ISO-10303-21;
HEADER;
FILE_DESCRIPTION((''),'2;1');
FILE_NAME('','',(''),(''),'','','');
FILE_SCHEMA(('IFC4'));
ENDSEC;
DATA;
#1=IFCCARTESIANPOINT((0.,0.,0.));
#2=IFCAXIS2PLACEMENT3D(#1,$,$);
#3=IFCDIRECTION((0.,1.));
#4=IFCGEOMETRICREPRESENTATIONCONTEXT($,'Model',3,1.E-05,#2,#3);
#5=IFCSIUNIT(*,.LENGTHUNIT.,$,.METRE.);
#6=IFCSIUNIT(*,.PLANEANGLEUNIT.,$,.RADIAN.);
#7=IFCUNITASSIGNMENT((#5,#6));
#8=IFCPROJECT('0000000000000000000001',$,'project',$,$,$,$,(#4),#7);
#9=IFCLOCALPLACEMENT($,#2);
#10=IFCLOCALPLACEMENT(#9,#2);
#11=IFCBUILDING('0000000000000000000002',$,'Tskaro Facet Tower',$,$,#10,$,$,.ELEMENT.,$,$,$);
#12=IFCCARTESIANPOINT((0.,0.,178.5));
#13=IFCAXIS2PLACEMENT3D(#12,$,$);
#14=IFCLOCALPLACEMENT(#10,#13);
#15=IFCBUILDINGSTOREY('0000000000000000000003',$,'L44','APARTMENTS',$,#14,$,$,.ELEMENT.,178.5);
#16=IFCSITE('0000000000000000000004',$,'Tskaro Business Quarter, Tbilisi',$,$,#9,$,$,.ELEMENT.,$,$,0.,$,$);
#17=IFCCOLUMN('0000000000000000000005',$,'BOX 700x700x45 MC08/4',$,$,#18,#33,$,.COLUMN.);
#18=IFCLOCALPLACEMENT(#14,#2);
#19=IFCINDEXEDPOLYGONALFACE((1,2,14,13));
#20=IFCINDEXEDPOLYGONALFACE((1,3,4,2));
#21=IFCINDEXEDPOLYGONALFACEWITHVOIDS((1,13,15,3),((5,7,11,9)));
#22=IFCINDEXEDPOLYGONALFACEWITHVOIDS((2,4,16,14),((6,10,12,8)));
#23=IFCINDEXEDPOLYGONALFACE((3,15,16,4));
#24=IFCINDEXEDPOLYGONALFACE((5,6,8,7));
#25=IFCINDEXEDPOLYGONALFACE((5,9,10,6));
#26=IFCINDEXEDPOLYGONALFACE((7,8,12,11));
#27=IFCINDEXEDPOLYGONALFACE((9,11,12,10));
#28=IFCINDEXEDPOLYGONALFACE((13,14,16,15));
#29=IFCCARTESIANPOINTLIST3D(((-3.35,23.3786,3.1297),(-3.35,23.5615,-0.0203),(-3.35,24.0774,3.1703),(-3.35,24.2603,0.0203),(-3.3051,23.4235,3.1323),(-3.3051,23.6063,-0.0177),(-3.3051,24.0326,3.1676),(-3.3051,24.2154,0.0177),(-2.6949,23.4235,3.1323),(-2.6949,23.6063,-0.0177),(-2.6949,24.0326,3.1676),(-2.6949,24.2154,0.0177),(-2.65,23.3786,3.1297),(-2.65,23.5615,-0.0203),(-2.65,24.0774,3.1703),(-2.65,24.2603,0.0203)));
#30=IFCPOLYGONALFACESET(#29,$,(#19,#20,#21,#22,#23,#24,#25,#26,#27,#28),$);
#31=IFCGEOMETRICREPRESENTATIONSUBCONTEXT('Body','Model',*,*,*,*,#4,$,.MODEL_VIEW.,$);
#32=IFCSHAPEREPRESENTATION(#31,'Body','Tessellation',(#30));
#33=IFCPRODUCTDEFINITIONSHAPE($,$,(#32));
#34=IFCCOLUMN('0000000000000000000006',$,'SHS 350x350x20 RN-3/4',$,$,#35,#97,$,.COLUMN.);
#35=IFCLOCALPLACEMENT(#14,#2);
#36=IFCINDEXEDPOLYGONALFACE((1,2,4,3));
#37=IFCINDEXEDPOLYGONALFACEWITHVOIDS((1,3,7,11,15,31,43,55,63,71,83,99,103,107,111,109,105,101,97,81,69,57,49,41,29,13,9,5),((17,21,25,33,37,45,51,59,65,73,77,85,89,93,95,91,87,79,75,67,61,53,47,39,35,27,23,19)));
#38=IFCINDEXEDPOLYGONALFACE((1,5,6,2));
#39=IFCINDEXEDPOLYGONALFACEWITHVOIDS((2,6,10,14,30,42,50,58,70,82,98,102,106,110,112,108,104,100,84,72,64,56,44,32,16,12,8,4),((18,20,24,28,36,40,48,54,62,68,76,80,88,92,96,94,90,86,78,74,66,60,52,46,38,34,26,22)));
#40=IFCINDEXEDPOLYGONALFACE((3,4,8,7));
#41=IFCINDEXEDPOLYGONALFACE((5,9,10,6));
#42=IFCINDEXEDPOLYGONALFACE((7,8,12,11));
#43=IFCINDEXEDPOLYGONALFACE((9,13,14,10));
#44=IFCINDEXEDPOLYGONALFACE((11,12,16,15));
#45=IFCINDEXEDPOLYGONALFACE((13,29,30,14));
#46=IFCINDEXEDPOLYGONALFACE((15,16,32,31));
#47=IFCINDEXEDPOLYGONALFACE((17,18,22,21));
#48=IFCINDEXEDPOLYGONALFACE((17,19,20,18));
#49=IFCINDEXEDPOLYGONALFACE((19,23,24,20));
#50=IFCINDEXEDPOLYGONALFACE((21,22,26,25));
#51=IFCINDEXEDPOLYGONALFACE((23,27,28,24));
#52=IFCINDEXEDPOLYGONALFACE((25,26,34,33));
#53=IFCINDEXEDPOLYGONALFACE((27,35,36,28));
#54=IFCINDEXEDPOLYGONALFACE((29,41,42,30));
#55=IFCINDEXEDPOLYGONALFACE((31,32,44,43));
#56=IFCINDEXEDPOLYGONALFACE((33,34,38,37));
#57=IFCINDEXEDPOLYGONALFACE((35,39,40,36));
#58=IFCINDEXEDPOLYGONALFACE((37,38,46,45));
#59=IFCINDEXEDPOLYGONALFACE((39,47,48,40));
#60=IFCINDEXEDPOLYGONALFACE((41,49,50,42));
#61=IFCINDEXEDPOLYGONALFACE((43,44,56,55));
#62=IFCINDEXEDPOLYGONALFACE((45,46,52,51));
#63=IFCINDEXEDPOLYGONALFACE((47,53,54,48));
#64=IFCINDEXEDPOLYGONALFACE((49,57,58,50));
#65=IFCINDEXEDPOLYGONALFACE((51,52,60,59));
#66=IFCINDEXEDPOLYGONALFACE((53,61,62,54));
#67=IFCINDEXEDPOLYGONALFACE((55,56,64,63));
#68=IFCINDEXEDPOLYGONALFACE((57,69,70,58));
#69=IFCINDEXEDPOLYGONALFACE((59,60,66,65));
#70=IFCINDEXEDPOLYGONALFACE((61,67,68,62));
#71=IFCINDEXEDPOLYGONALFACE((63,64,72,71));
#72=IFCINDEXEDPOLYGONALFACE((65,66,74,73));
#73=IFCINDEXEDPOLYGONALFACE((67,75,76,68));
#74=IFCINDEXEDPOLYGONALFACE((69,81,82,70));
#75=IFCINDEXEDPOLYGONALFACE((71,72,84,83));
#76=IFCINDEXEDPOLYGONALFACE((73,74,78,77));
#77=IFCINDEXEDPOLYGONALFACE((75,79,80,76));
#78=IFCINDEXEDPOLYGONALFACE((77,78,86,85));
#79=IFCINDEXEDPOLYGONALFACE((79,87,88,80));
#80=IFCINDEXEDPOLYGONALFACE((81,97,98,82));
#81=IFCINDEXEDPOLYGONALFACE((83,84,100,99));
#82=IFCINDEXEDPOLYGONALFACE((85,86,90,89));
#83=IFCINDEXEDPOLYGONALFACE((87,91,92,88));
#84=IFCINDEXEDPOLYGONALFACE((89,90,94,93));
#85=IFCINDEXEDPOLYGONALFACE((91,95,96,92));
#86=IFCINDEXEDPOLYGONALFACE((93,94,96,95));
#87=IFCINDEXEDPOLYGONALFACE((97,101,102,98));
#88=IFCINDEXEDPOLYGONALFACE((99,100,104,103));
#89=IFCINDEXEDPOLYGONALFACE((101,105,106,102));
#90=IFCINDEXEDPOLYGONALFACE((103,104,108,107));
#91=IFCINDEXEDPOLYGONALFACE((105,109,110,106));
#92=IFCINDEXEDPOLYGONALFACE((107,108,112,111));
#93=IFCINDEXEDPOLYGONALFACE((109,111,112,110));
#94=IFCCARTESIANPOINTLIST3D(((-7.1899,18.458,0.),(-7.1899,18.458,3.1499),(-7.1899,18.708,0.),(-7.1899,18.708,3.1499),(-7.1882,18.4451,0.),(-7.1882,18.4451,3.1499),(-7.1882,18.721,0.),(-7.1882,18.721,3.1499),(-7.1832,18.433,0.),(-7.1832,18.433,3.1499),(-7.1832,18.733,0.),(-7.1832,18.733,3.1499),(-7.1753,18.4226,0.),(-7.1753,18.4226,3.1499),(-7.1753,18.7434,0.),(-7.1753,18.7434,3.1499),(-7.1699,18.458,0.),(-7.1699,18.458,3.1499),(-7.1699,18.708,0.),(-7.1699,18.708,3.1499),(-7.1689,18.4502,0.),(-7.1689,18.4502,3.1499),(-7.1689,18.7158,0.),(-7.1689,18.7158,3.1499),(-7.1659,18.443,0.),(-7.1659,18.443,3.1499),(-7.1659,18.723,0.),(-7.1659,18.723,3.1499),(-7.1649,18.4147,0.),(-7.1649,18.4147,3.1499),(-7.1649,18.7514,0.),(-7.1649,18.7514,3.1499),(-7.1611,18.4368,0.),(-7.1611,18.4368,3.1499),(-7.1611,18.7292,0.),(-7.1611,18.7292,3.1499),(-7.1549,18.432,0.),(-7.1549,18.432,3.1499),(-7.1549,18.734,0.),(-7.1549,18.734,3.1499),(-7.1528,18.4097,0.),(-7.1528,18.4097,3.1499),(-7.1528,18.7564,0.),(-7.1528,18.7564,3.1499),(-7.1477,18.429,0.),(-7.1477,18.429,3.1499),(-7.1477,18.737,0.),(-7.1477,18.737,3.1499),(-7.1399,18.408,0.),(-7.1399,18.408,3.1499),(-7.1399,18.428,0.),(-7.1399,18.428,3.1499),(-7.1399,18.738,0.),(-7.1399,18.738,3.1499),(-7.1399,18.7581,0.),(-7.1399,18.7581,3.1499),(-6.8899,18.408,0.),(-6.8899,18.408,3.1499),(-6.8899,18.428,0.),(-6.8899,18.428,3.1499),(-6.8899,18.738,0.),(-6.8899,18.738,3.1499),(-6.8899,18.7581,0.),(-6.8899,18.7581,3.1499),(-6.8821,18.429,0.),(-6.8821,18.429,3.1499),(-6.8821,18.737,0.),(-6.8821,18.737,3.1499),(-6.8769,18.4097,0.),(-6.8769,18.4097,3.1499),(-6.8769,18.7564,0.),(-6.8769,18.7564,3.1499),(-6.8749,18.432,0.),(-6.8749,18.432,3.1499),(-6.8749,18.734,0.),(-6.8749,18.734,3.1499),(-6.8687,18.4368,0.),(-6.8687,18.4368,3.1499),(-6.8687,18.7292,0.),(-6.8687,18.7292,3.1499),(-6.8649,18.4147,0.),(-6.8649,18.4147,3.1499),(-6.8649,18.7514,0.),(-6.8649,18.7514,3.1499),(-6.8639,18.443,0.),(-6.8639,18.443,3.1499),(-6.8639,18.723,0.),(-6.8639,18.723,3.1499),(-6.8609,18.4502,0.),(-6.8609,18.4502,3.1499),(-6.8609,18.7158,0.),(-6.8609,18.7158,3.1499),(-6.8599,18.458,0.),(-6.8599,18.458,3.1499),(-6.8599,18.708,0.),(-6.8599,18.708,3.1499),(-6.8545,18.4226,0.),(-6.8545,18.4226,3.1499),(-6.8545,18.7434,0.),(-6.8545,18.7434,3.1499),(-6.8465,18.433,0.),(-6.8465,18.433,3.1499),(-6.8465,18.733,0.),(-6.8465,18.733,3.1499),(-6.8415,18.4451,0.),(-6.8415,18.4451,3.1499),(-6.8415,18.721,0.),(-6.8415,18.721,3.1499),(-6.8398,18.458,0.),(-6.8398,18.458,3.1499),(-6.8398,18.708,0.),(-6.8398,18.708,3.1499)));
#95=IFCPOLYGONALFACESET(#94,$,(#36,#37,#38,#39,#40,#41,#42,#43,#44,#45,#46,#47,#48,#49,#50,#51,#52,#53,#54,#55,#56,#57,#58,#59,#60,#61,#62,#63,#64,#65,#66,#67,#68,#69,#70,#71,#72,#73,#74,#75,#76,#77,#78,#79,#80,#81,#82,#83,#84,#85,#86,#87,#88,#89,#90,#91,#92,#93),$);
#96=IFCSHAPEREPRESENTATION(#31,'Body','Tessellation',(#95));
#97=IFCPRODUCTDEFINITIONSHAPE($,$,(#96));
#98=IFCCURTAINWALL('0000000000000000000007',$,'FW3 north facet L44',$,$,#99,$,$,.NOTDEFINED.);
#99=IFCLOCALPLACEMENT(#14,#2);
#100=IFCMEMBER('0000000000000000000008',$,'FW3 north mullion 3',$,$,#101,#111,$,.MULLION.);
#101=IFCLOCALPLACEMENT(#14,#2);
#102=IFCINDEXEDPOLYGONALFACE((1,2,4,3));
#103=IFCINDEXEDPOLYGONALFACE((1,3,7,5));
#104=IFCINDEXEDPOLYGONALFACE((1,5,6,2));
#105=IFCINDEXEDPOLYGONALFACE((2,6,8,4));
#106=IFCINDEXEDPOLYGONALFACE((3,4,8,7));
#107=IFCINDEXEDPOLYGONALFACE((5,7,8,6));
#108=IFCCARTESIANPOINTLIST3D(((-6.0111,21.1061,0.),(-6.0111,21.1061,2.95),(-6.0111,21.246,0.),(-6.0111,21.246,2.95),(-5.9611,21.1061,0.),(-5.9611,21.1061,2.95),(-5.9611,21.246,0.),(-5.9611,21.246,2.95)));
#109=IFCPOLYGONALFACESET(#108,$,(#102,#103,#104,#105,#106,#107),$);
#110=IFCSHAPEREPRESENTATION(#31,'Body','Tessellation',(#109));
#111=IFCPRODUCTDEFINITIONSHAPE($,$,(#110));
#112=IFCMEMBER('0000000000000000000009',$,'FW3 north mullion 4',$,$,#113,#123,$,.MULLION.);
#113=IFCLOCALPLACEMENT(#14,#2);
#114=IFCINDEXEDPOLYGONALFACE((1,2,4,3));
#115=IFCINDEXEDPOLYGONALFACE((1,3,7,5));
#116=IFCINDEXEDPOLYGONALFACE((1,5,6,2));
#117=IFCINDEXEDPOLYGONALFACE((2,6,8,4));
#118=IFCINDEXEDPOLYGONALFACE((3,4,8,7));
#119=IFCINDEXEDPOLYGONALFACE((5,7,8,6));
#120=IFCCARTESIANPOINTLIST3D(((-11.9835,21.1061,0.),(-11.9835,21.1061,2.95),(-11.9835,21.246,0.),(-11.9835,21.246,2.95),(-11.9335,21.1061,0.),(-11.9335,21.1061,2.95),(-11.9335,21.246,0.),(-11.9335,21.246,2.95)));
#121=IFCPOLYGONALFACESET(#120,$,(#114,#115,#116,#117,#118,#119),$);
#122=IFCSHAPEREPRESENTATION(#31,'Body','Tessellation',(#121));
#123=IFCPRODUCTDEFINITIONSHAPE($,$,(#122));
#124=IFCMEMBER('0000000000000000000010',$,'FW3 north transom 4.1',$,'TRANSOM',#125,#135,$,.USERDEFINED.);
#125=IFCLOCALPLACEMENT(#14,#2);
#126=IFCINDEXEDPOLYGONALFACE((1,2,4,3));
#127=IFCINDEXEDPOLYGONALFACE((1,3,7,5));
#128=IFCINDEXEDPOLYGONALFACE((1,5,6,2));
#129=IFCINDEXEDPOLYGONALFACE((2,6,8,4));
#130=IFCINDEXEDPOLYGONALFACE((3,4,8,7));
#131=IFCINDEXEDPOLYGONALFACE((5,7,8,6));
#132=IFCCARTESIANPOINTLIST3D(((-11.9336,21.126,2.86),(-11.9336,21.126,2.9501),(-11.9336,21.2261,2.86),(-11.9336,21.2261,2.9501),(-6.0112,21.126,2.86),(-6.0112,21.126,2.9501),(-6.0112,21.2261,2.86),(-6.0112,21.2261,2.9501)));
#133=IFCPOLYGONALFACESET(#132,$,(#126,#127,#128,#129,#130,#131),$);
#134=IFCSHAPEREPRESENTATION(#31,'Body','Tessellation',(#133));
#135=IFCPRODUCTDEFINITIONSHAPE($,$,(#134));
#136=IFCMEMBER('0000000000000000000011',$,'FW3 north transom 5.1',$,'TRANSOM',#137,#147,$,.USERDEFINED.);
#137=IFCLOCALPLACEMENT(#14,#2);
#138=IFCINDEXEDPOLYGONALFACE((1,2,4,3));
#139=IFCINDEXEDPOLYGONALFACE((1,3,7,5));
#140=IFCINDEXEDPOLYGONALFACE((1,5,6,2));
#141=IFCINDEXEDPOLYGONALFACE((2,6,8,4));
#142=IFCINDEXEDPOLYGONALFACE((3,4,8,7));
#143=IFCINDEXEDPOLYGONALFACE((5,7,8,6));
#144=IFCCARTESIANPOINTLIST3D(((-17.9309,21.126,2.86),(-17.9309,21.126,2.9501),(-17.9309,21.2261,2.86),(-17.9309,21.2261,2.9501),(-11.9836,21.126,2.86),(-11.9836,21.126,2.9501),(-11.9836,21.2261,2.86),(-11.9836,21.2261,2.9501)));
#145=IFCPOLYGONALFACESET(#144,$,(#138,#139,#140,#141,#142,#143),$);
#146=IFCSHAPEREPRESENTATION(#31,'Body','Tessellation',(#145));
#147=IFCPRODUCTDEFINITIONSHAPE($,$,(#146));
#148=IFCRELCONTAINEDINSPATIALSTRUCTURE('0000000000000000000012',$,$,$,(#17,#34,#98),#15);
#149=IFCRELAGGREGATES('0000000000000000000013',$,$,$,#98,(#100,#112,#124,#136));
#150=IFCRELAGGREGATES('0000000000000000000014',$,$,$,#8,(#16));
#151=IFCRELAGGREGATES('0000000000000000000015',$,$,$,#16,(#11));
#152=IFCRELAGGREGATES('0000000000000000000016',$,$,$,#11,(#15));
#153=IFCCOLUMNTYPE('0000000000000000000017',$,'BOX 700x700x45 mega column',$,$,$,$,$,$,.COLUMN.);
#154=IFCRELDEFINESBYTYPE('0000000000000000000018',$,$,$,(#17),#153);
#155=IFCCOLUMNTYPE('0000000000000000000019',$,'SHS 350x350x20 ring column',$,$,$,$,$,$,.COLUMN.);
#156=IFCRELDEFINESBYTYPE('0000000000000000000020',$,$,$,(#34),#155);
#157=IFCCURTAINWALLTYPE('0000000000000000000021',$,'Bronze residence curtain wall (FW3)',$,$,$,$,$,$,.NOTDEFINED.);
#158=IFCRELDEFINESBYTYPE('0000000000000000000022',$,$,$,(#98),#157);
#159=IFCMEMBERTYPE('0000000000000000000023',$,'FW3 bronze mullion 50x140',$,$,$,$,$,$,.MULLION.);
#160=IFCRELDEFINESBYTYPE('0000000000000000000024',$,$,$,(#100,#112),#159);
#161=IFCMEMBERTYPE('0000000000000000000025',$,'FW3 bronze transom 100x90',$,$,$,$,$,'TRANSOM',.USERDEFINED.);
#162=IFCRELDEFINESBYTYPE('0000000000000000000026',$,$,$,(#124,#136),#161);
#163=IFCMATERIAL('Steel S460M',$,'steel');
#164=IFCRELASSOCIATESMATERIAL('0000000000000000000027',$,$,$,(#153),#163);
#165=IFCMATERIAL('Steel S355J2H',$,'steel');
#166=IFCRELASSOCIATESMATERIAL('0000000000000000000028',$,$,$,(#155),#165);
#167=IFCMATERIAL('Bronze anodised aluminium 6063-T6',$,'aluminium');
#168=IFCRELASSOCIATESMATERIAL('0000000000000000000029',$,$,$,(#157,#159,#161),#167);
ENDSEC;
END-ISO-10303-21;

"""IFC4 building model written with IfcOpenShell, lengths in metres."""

from ifc_helpers import new_model, si_unit, direction, frame, origin, origin_2d, place, context, subcontext, project, spatial, rectangle, hollow_rectangle, extrude, material, material_profile, profile_set, type_object, element, aggregate, save


model = new_model("IFC4")

# Units and contexts
model_context = context("Model", 3, precision=1e-05, world=origin(), true_north=direction((0.0, 1.0)))
body_context = subcontext(model_context, "Body", "Model", "MODEL_VIEW")
ifc_project = project(units=[si_unit("LENGTHUNIT", "METRE"), si_unit("PLANEANGLEUNIT", "RADIAN")], contexts=[model_context])

# Site, building, storey
site_placement = place(None, origin())
site = spatial("IfcSite", under=ifc_project, at=site_placement, Name="Tskaro Business Quarter, Tbilisi", CompositionType="ELEMENT", RefElevation=0.0)
building_placement = place(site_placement, origin())
building = spatial("IfcBuilding", under=site, at=building_placement, Name="Tskaro Facet Tower", CompositionType="ELEMENT")
storey_placement = place(building_placement, frame((0.0, 0.0, 178.5)))
storey = spatial("IfcBuildingStorey", under=building, at=storey_placement, Name="L44", Description="APARTMENTS", CompositionType="ELEMENT", Elevation=178.5)

# Columns
ifc_material_1 = material(Name="Steel S460M", Category="steel")
ifc_material_profile_1 = material_profile(ifc_material_1, hollow_rectangle(XDim=0.7, YDim=0.7, WallThickness=0.0449, at=origin_2d()), Name="BOX 700x700x45")
ifc_profile_set_1 = profile_set([ifc_material_profile_1], Name="Steel S460M")
column_type_1 = type_object("IfcColumnType", Name="BOX 700x700x45 mega column", PredefinedType="COLUMN", material=ifc_profile_set_1)
column_1_placement = place(storey_placement, frame((-3.0, 23.9109, 0.0), z_axis=(0.0, -0.057955, 0.998319), x_axis=(1.0, 0.0, 0.0)))
element("IfcColumn", 1, at=column_1_placement, inside=storey, type_object=column_type_1, Name="BOX 700x700x45 MC08/4", PredefinedType="COLUMN", context=body_context, shape_type="SweptSolid", body=[
    extrude(hollow_rectangle(XDim=0.7, YDim=0.7, WallThickness=0.0449, at=origin_2d()), origin(), (0.0, 0.0, 1.0), 3.1553),
])
ifc_material_2 = material(Name="Steel S355J2H", Category="steel")
ifc_material_profile_2 = material_profile(ifc_material_2, hollow_rectangle(XDim=0.3501, YDim=0.3501, WallThickness=0.02, InnerFilletRadius=0.03, OuterFilletRadius=0.05, at=origin_2d()), Name="SHS 350x350x20")
ifc_profile_set_2 = profile_set([ifc_material_profile_2], Name="Steel S355J2H")
column_type_2 = type_object("IfcColumnType", Name="SHS 350x350x20 ring column", PredefinedType="COLUMN", material=ifc_profile_set_2)
column_2_placement = place(storey_placement, frame((-7.0149, 18.583, 0.0), z_axis=(0.0, 0.0, 1.0), x_axis=(1.0, 0.0, 0.0)))
element("IfcColumn", 2, at=column_2_placement, inside=storey, type_object=column_type_2, Name="SHS 350x350x20 RN-3/4", PredefinedType="COLUMN", context=body_context, shape_type="SweptSolid", body=[
    extrude(hollow_rectangle(XDim=0.3501, YDim=0.3501, WallThickness=0.02, InnerFilletRadius=0.03, OuterFilletRadius=0.05, at=origin_2d()), origin(), (0.0, 0.0, 1.0), 3.1499),
])

# Curtain wall, members
ifc_material_3 = material(Name="Bronze anodised aluminium 6063-T6", Category="aluminium")
curtain_wall_type = type_object("IfcCurtainWallType", Name="Bronze residence curtain wall (FW3)", PredefinedType="NOTDEFINED", material=ifc_material_3)
curtain_wall_placement = place(storey_placement, origin())
curtain_wall = element("IfcCurtainWall", 3, at=curtain_wall_placement, inside=storey, type_object=curtain_wall_type, Name="FW3 north facet L44", PredefinedType="NOTDEFINED")
ifc_material_profile_3 = material_profile(ifc_material_3, rectangle(XDim=0.05, YDim=0.1399, at=origin_2d()), Name="Mullion 50x140")
ifc_profile_set_3 = profile_set([ifc_material_profile_3], Name="Bronze anodised aluminium 6063-T6")
member_type_1 = type_object("IfcMemberType", Name="FW3 bronze mullion 50x140", PredefinedType="MULLION", material=ifc_profile_set_3)
member_1_placement = place(storey_placement, frame((-5.9861, 21.176, 0.0), z_axis=(0.0, 0.0, 1.0), x_axis=(-1.0, 0.0, 0.0)))
member_1 = element("IfcMember", 4, at=member_1_placement, type_object=member_type_1, Name="FW3 north mullion 3", PredefinedType="MULLION", context=body_context, shape_type="SweptSolid", body=[
    extrude(rectangle(XDim=0.05, YDim=0.1399, at=origin_2d()), origin(), (0.0, 0.0, 1.0), 2.95),
])
member_2_placement = place(storey_placement, frame((-11.9585, 21.176, 0.0), z_axis=(0.0, 0.0, 1.0), x_axis=(-1.0, 0.0, 0.0)))
member_2 = element("IfcMember", 5, at=member_2_placement, type_object=member_type_1, Name="FW3 north mullion 4", PredefinedType="MULLION", context=body_context, shape_type="SweptSolid", body=[
    extrude(rectangle(XDim=0.05, YDim=0.1399, at=origin_2d()), origin(), (0.0, 0.0, 1.0), 2.95),
])
ifc_material_profile_4 = material_profile(ifc_material_3, rectangle(XDim=0.1001, YDim=0.0901, at=origin_2d()), Name="Transom 100x90")
ifc_profile_set_4 = profile_set([ifc_material_profile_4], Name="Bronze anodised aluminium 6063-T6")
member_type_2 = type_object("IfcMemberType", Name="FW3 bronze transom 100x90", ElementType="TRANSOM", PredefinedType="USERDEFINED", material=ifc_profile_set_4)
member_3_placement = place(storey_placement, frame((-6.0112, 21.176, 2.905), z_axis=(-1.0, 0.0, 0.0), x_axis=(0.0, -1.0, 0.0)))
member_3 = element("IfcMember", 6, at=member_3_placement, type_object=member_type_2, Name="FW3 north transom 4.1", ObjectType="TRANSOM", PredefinedType="USERDEFINED", context=body_context, shape_type="SweptSolid", body=[
    extrude(rectangle(XDim=0.1001, YDim=0.0901, at=origin_2d()), origin(), (0.0, 0.0, 1.0), 5.9224),
])
member_4_placement = place(storey_placement, frame((-11.9836, 21.176, 2.905), z_axis=(-1.0, 0.0, 0.0), x_axis=(0.0, -1.0, 0.0)))
member_4 = element("IfcMember", 7, at=member_4_placement, type_object=member_type_2, Name="FW3 north transom 5.1", ObjectType="TRANSOM", PredefinedType="USERDEFINED", context=body_context, shape_type="SweptSolid", body=[
    extrude(rectangle(XDim=0.1001, YDim=0.0901, at=origin_2d()), origin(), (0.0, 0.0, 1.0), 5.9473),
])

aggregate(curtain_wall, [member_1, member_2, member_3, member_4])

save(model, "model.ifc")
